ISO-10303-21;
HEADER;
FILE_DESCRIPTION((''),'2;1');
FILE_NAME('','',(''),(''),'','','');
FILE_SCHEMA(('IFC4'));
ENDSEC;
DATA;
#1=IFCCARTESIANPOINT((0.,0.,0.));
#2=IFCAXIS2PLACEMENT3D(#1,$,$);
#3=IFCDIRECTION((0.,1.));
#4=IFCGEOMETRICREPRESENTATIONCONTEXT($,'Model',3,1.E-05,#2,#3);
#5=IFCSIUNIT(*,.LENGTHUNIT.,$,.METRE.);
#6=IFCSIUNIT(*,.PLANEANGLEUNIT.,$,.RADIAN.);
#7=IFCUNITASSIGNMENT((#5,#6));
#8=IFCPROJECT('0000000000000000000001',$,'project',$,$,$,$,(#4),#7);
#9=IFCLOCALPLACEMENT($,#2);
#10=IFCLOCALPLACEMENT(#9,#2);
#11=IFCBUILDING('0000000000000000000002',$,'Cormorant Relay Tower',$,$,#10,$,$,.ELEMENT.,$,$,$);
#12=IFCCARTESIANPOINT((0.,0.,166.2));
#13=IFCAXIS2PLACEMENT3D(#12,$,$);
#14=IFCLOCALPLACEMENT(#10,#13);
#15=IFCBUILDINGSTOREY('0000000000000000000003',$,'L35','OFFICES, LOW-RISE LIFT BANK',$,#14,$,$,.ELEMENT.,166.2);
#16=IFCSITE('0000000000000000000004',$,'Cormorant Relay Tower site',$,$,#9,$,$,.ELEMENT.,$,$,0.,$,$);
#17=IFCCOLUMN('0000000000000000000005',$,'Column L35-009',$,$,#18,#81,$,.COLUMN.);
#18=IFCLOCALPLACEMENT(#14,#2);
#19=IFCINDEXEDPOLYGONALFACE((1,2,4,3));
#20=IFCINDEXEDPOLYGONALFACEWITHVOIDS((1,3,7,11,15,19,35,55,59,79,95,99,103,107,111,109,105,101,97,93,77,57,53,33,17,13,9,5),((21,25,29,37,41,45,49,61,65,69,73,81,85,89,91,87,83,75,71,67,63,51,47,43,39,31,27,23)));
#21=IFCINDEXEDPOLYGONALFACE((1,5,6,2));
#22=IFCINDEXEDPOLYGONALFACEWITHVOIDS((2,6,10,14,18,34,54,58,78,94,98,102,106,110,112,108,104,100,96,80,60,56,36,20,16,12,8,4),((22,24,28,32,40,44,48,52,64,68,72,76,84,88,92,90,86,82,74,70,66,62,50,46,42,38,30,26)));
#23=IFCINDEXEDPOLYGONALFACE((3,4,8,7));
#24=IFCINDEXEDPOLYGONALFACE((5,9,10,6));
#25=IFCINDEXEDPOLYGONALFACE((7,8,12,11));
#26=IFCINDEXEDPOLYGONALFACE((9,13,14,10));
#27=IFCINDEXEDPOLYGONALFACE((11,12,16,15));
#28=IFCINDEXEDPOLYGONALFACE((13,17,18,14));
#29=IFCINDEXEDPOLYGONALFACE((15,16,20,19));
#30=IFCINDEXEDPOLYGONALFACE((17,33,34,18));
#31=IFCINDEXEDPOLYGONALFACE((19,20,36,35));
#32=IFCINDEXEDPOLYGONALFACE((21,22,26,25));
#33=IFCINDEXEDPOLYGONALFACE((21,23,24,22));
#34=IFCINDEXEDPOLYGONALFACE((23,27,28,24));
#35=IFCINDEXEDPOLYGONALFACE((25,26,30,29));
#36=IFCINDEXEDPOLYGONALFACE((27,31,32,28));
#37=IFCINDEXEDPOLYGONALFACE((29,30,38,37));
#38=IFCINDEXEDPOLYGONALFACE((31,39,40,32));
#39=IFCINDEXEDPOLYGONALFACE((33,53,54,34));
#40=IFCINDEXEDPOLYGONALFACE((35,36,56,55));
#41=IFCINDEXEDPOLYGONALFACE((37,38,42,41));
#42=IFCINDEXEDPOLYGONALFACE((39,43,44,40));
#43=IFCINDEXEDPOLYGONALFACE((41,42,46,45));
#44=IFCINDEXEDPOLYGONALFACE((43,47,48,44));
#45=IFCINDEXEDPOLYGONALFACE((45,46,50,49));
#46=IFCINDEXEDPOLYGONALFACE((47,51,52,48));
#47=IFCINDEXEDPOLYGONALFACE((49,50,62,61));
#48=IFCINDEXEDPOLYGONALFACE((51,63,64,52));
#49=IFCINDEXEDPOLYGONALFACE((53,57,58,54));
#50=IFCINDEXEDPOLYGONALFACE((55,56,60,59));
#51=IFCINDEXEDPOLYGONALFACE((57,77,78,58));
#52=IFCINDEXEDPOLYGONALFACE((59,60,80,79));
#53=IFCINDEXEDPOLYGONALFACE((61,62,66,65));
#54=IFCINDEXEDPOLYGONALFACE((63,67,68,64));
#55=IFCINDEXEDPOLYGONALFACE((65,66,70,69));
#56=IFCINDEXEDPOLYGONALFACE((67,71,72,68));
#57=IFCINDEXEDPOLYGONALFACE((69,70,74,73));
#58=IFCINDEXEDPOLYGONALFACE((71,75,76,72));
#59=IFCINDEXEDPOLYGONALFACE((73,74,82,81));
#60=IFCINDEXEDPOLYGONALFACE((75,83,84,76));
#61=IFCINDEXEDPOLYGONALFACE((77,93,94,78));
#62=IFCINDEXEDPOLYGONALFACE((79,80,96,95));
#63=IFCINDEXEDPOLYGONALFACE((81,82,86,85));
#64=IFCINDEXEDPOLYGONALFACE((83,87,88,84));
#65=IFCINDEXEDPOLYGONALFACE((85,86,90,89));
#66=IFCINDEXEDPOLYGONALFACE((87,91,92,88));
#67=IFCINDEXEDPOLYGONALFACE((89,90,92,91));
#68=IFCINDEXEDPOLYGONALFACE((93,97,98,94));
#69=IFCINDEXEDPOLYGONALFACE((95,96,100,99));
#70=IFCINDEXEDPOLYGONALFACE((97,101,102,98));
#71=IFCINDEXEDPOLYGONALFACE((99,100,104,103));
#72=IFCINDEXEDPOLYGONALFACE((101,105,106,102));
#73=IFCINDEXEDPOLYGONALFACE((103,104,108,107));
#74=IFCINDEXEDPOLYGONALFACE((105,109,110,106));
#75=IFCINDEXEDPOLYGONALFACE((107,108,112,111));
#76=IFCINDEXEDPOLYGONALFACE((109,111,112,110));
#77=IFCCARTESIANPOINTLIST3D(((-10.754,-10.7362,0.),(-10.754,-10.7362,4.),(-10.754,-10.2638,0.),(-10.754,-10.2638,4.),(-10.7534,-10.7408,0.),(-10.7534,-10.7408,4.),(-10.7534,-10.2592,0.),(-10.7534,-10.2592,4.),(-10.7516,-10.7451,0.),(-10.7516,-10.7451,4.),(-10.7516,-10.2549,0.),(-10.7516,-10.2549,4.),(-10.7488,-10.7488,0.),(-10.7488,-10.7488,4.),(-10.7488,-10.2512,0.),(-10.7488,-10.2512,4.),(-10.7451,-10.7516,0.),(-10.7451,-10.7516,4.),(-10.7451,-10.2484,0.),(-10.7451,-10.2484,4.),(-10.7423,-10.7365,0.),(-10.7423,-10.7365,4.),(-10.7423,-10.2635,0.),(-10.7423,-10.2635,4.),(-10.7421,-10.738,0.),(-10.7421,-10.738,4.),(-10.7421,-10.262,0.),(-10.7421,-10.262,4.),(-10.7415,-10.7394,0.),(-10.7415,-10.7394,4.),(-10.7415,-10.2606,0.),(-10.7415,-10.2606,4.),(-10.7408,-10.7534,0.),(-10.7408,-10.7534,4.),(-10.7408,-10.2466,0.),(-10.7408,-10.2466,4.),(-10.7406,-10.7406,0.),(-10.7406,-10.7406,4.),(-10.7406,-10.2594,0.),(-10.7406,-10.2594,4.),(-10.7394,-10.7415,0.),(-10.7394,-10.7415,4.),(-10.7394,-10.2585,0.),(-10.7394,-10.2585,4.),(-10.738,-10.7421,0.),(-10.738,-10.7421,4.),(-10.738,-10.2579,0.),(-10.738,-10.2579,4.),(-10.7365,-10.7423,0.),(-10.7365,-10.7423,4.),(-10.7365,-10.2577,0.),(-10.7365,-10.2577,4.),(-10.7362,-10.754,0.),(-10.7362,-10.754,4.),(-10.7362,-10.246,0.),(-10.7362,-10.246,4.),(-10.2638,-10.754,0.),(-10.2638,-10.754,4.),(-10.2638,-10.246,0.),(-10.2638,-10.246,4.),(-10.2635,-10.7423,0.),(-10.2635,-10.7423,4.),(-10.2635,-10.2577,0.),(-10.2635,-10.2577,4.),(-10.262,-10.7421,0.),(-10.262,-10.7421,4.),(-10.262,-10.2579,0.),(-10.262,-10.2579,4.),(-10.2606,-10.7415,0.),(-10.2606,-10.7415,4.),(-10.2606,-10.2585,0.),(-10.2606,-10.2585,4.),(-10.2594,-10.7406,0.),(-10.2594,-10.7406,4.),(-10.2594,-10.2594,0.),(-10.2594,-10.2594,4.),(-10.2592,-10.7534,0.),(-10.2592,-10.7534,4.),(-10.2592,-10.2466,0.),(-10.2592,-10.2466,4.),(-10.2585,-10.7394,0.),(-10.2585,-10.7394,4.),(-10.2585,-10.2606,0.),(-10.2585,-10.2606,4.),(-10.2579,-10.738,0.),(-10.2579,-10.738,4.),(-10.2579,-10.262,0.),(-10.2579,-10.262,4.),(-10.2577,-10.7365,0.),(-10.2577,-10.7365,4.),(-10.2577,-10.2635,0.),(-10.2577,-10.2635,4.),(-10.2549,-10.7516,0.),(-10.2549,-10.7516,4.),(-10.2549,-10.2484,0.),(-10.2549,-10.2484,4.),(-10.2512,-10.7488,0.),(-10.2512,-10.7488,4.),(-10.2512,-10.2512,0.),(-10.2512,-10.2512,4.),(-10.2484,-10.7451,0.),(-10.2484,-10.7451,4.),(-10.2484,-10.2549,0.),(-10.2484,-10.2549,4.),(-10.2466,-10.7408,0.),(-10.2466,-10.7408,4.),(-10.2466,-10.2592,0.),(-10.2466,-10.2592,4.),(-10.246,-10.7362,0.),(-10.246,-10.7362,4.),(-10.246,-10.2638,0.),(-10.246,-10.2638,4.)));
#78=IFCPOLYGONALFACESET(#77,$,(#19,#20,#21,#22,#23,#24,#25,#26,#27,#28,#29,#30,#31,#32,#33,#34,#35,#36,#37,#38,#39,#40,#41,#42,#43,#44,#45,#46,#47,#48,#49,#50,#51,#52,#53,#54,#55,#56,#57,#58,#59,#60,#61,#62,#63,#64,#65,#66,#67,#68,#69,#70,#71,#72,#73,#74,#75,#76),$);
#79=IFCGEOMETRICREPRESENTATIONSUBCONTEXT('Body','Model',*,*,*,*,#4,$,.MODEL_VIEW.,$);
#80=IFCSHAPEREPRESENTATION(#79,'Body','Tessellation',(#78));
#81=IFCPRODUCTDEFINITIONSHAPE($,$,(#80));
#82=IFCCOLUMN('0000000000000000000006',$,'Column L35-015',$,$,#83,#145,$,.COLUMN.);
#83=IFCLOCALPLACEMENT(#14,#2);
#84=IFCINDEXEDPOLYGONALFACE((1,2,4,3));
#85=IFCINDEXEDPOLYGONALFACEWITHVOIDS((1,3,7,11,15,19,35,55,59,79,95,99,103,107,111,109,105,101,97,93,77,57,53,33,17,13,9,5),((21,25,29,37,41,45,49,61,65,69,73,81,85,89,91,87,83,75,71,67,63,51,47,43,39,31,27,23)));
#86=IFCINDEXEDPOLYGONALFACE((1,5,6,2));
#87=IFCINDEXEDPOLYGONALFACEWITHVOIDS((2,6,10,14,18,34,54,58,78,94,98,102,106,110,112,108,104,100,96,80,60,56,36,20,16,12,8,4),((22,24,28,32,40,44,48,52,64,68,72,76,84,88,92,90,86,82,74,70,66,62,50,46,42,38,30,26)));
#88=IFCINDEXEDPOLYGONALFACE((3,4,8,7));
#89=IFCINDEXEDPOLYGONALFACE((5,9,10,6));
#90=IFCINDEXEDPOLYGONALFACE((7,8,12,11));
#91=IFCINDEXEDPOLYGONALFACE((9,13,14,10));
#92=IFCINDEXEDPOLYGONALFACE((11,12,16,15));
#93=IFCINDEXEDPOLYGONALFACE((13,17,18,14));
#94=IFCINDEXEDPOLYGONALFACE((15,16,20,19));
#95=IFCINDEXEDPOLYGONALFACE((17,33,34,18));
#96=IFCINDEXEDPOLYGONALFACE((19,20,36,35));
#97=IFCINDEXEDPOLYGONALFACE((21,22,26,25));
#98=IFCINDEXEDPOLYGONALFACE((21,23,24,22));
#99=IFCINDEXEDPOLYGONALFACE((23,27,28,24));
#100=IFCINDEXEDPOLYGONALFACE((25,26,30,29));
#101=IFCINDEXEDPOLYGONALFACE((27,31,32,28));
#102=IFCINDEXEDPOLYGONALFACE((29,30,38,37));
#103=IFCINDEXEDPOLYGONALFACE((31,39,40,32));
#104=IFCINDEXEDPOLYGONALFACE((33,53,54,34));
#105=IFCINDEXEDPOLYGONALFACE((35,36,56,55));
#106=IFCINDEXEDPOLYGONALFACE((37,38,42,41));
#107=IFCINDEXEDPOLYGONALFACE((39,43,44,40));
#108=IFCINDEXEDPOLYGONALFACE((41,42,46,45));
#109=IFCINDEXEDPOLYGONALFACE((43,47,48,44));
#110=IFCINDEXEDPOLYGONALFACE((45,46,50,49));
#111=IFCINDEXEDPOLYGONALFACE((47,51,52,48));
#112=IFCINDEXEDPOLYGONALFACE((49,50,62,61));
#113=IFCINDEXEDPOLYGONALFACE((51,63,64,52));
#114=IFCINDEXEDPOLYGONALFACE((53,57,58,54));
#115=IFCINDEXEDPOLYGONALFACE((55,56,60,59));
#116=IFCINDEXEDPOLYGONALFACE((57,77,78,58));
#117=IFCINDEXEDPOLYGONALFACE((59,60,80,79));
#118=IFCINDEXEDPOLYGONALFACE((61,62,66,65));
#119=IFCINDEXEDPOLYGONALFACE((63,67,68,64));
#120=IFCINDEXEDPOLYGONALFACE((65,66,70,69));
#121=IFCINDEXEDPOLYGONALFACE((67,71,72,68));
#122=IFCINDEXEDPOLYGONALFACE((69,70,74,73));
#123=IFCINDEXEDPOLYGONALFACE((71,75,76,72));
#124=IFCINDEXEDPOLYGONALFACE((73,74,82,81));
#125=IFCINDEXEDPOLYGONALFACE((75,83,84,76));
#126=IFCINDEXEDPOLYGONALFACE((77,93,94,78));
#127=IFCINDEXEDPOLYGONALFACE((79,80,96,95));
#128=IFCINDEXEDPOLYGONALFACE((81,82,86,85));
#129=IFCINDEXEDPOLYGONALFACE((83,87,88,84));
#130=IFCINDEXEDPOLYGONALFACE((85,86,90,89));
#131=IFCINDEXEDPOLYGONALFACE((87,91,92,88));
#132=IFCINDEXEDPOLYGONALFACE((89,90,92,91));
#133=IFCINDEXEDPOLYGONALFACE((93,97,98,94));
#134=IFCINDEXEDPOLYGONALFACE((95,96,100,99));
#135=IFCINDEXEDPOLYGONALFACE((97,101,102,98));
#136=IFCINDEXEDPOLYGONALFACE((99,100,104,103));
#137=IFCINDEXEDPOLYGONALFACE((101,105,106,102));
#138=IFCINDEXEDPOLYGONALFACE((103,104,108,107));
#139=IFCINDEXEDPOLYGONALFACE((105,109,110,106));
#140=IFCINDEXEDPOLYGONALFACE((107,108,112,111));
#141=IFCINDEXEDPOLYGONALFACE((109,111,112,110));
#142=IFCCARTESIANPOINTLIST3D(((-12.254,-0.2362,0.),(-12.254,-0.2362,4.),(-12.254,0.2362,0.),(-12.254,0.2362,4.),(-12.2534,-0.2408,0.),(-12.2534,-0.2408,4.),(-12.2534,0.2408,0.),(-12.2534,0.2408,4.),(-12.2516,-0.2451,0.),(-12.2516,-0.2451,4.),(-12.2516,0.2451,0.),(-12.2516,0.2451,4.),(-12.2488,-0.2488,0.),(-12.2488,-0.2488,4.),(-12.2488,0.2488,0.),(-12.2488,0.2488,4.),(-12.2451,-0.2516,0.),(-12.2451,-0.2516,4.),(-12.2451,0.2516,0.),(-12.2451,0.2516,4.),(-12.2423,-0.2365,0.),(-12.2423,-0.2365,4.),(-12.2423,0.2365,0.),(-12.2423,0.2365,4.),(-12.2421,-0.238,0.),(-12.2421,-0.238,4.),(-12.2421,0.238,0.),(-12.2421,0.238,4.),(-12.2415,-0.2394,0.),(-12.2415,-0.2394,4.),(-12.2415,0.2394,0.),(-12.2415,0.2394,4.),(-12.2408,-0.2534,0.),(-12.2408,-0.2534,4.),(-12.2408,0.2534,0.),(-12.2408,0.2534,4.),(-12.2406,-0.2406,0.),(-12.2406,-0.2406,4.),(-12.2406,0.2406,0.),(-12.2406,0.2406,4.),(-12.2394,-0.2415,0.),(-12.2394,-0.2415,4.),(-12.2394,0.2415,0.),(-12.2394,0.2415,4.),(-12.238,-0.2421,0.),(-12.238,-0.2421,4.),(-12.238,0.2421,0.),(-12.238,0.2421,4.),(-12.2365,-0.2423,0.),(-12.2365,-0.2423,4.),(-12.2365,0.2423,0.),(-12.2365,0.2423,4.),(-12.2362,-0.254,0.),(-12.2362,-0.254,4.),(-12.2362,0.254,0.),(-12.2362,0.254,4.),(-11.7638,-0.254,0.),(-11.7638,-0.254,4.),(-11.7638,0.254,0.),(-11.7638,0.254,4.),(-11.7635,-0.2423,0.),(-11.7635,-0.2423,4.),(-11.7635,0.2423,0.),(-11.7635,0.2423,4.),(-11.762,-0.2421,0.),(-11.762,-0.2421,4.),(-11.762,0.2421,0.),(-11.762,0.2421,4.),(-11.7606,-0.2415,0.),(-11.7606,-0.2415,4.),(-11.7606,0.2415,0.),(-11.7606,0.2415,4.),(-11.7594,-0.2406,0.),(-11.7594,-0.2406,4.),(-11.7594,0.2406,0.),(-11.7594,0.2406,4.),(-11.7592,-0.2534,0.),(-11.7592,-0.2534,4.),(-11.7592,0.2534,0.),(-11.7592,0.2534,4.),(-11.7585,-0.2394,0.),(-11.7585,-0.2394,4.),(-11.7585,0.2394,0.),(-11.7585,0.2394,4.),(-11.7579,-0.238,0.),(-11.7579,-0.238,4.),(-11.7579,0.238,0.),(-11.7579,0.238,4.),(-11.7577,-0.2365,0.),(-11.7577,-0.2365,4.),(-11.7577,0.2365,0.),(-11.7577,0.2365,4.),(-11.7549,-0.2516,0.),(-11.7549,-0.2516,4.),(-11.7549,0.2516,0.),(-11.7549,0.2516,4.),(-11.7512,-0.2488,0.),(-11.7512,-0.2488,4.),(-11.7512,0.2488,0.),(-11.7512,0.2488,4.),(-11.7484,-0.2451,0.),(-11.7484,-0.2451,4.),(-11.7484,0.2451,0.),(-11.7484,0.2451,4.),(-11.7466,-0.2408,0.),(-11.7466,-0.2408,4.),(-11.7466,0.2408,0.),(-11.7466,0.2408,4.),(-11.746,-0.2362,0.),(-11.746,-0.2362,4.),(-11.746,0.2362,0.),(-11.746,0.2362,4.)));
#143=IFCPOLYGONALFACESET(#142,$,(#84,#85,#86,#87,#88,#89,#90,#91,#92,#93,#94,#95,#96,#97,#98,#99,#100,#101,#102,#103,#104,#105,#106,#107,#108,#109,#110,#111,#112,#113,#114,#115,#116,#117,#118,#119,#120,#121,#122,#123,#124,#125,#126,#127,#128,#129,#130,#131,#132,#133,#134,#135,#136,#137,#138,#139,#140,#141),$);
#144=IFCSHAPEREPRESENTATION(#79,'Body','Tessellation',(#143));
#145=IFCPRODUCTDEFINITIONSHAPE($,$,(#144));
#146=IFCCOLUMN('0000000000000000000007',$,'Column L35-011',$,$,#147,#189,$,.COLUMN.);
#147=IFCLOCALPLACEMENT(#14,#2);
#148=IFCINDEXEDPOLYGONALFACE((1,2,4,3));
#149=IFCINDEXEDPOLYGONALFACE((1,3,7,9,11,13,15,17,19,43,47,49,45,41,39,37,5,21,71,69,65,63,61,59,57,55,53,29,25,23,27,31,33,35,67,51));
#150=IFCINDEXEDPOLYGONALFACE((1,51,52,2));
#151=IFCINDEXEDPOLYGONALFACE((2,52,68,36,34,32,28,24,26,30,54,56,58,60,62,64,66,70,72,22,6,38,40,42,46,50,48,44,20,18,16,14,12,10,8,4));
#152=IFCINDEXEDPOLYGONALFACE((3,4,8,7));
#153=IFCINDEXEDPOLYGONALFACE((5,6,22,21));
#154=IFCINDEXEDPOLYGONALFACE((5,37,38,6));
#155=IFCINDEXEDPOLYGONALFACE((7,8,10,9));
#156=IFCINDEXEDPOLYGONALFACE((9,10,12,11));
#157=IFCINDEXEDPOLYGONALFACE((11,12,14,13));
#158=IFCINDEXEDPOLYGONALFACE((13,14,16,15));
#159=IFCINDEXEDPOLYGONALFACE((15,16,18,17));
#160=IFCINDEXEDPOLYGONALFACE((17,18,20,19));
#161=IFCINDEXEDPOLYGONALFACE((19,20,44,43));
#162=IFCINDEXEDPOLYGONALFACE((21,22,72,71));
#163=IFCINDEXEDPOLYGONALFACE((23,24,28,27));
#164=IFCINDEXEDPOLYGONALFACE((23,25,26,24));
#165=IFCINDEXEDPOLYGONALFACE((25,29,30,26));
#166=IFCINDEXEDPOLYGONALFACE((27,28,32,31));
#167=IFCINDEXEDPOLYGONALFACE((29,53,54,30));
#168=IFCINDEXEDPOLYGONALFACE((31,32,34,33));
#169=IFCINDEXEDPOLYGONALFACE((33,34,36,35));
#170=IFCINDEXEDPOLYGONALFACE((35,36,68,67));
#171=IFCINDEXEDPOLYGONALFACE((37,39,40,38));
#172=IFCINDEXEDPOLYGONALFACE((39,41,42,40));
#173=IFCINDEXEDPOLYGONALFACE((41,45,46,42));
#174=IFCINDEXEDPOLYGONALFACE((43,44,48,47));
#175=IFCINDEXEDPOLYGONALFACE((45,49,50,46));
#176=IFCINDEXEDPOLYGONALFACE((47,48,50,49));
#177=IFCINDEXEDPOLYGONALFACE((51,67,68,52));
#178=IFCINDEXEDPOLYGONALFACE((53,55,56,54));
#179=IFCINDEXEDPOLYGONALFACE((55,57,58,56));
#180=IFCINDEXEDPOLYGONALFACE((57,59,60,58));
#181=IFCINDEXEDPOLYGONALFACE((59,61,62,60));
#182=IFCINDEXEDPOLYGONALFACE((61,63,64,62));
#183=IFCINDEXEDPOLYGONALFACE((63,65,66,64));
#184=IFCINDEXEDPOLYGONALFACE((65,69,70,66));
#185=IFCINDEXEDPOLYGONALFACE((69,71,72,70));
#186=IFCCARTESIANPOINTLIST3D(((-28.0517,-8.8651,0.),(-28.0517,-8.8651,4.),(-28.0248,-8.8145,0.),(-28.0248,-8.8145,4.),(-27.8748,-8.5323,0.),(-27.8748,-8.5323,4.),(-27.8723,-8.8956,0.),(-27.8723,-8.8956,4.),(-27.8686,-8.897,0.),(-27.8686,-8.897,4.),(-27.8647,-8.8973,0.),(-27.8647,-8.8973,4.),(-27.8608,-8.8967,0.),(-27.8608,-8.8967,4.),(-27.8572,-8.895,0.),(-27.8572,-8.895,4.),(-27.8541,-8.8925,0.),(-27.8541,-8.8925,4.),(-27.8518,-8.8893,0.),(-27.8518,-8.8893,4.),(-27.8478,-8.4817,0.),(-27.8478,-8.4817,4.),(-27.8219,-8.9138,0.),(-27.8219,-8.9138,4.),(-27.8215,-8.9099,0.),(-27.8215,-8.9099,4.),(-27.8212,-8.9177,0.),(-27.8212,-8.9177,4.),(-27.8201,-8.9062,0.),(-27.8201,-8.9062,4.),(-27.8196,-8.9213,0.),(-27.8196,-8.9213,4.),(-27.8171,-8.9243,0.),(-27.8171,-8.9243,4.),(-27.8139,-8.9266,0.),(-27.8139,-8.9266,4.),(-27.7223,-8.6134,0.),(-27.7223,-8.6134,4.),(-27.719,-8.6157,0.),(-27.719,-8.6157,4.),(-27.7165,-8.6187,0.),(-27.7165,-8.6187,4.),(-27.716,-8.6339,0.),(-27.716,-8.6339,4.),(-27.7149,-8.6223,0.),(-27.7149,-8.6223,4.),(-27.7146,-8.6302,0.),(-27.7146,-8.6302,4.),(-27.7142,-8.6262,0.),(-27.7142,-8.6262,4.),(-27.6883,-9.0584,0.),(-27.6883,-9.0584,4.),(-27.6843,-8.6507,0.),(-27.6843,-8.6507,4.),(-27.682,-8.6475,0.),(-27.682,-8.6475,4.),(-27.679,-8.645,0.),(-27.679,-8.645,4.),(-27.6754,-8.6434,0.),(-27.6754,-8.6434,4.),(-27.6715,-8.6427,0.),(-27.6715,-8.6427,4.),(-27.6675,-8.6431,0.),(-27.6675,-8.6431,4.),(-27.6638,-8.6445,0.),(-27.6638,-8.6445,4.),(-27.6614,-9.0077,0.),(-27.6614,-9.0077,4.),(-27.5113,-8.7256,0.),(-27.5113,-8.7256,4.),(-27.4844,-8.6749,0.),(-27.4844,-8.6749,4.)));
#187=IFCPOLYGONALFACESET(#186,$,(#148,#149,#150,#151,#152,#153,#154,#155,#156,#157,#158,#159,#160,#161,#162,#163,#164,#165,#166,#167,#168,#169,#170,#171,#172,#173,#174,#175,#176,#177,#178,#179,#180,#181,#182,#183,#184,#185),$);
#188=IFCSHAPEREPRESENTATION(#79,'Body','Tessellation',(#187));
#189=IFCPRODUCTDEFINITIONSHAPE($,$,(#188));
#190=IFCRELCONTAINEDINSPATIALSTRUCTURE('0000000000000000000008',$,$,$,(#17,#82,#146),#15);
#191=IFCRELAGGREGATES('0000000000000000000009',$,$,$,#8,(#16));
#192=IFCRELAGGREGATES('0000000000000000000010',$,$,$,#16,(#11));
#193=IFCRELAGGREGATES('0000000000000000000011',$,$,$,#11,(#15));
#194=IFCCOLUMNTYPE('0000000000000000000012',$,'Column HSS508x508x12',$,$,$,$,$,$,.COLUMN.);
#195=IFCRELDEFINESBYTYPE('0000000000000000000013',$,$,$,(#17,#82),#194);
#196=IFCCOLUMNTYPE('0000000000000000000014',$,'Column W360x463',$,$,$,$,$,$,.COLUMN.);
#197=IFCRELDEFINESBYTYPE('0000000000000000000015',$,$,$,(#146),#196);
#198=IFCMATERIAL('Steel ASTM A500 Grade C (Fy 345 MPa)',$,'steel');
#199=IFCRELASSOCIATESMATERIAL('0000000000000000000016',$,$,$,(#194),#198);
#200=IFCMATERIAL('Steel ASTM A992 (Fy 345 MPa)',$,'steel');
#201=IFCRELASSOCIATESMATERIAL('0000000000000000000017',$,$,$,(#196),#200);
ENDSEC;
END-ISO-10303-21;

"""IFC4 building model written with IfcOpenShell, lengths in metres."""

from ifc_helpers import new_model, si_unit, direction, frame, origin, origin_2d, place, context, subcontext, project, spatial, hollow_rectangle, i_section, extrude, material, material_profile, profile_set, type_object, element, save


model = new_model("IFC4")

# Units and contexts
model_context = context("Model", 3, precision=1e-05, world=origin(), true_north=direction((0.0, 1.0)))
body_context = subcontext(model_context, "Body", "Model", "MODEL_VIEW")
ifc_project = project(units=[si_unit("LENGTHUNIT", "METRE"), si_unit("PLANEANGLEUNIT", "RADIAN")], contexts=[model_context])

# Site, building, storey
site_placement = place(None, origin())
site = spatial("IfcSite", under=ifc_project, at=site_placement, Name="Cormorant Relay Tower site", CompositionType="ELEMENT", RefElevation=0.0)
building_placement = place(site_placement, origin())
building = spatial("IfcBuilding", under=site, at=building_placement, Name="Cormorant Relay Tower", CompositionType="ELEMENT")
storey_placement = place(building_placement, frame((0.0, 0.0, 166.2)))
storey = spatial("IfcBuildingStorey", under=building, at=storey_placement, Name="L35", Description="OFFICES, LOW-RISE LIFT BANK", CompositionType="ELEMENT", Elevation=166.2)

# Columns
ifc_material_1 = material(Name="Steel ASTM A500 Grade C (Fy 345 MPa)", Category="steel")
ifc_material_profile_1 = material_profile(ifc_material_1, hollow_rectangle(XDim=0.5081, YDim=0.5081, WallThickness=0.0117, InnerFilletRadius=0.0059, OuterFilletRadius=0.0178, at=origin_2d()), Name="HSS508x508x12")
ifc_profile_set_1 = profile_set([ifc_material_profile_1], Name="Steel ASTM A500 Grade C (Fy 345 MPa)")
column_type_1 = type_object("IfcColumnType", Name="Column HSS508x508x12", PredefinedType="COLUMN", material=ifc_profile_set_1)
for number, where, z_axis, x_axis, name in (
    (1, (-10.5, -10.5, 0.0), (0.0, 0.0, 1.0), (1.0, 0.0, 0.0), "Column L35-009"),
    (2, (-12.0, 0.0, 0.0), (0.0, 0.0, 1.0), (1.0, 0.0, 0.0), "Column L35-015"),
):
    element("IfcColumn", number, at=place(storey_placement, frame(where, z_axis=z_axis, x_axis=x_axis)), inside=storey, type_object=column_type_1, Name=name, PredefinedType="COLUMN", context=body_context, shape_type="SweptSolid", body=[
        extrude(hollow_rectangle(XDim=0.5081, YDim=0.5081, WallThickness=0.0117, InnerFilletRadius=0.0059, OuterFilletRadius=0.0178, at=origin_2d()), origin(), (0.0, 0.0, 1.0), 4.0),
    ])
ifc_material_2 = material(Name="Steel ASTM A992 (Fy 345 MPa)", Category="steel")
ifc_material_profile_2 = material_profile(ifc_material_2, i_section(OverallWidth=0.4116, OverallDepth=0.4343, WebThickness=0.0359, FlangeThickness=0.0574, FilletRadius=0.0151, at=origin_2d()), Name="W360x463")
ifc_profile_set_2 = profile_set([ifc_material_profile_2], Name="Steel ASTM A992 (Fy 345 MPa)")
column_type_2 = type_object("IfcColumnType", Name="Column W360x463", PredefinedType="COLUMN", material=ifc_profile_set_2)
column_placement = place(storey_placement, frame((-27.7681, -8.77, 0.0), z_axis=(0.0, 0.0, 1.0), x_axis=(0.882948, -0.469472, 0.0)))
element("IfcColumn", 3, at=column_placement, inside=storey, type_object=column_type_2, Name="Column L35-011", PredefinedType="COLUMN", context=body_context, shape_type="SweptSolid", body=[
    extrude(i_section(OverallWidth=0.4116, OverallDepth=0.4343, WebThickness=0.0359, FlangeThickness=0.0574, FilletRadius=0.0151, at=origin_2d()), origin(), (0.0, 0.0, 1.0), 4.0),
])

save(model, "model.ifc")
